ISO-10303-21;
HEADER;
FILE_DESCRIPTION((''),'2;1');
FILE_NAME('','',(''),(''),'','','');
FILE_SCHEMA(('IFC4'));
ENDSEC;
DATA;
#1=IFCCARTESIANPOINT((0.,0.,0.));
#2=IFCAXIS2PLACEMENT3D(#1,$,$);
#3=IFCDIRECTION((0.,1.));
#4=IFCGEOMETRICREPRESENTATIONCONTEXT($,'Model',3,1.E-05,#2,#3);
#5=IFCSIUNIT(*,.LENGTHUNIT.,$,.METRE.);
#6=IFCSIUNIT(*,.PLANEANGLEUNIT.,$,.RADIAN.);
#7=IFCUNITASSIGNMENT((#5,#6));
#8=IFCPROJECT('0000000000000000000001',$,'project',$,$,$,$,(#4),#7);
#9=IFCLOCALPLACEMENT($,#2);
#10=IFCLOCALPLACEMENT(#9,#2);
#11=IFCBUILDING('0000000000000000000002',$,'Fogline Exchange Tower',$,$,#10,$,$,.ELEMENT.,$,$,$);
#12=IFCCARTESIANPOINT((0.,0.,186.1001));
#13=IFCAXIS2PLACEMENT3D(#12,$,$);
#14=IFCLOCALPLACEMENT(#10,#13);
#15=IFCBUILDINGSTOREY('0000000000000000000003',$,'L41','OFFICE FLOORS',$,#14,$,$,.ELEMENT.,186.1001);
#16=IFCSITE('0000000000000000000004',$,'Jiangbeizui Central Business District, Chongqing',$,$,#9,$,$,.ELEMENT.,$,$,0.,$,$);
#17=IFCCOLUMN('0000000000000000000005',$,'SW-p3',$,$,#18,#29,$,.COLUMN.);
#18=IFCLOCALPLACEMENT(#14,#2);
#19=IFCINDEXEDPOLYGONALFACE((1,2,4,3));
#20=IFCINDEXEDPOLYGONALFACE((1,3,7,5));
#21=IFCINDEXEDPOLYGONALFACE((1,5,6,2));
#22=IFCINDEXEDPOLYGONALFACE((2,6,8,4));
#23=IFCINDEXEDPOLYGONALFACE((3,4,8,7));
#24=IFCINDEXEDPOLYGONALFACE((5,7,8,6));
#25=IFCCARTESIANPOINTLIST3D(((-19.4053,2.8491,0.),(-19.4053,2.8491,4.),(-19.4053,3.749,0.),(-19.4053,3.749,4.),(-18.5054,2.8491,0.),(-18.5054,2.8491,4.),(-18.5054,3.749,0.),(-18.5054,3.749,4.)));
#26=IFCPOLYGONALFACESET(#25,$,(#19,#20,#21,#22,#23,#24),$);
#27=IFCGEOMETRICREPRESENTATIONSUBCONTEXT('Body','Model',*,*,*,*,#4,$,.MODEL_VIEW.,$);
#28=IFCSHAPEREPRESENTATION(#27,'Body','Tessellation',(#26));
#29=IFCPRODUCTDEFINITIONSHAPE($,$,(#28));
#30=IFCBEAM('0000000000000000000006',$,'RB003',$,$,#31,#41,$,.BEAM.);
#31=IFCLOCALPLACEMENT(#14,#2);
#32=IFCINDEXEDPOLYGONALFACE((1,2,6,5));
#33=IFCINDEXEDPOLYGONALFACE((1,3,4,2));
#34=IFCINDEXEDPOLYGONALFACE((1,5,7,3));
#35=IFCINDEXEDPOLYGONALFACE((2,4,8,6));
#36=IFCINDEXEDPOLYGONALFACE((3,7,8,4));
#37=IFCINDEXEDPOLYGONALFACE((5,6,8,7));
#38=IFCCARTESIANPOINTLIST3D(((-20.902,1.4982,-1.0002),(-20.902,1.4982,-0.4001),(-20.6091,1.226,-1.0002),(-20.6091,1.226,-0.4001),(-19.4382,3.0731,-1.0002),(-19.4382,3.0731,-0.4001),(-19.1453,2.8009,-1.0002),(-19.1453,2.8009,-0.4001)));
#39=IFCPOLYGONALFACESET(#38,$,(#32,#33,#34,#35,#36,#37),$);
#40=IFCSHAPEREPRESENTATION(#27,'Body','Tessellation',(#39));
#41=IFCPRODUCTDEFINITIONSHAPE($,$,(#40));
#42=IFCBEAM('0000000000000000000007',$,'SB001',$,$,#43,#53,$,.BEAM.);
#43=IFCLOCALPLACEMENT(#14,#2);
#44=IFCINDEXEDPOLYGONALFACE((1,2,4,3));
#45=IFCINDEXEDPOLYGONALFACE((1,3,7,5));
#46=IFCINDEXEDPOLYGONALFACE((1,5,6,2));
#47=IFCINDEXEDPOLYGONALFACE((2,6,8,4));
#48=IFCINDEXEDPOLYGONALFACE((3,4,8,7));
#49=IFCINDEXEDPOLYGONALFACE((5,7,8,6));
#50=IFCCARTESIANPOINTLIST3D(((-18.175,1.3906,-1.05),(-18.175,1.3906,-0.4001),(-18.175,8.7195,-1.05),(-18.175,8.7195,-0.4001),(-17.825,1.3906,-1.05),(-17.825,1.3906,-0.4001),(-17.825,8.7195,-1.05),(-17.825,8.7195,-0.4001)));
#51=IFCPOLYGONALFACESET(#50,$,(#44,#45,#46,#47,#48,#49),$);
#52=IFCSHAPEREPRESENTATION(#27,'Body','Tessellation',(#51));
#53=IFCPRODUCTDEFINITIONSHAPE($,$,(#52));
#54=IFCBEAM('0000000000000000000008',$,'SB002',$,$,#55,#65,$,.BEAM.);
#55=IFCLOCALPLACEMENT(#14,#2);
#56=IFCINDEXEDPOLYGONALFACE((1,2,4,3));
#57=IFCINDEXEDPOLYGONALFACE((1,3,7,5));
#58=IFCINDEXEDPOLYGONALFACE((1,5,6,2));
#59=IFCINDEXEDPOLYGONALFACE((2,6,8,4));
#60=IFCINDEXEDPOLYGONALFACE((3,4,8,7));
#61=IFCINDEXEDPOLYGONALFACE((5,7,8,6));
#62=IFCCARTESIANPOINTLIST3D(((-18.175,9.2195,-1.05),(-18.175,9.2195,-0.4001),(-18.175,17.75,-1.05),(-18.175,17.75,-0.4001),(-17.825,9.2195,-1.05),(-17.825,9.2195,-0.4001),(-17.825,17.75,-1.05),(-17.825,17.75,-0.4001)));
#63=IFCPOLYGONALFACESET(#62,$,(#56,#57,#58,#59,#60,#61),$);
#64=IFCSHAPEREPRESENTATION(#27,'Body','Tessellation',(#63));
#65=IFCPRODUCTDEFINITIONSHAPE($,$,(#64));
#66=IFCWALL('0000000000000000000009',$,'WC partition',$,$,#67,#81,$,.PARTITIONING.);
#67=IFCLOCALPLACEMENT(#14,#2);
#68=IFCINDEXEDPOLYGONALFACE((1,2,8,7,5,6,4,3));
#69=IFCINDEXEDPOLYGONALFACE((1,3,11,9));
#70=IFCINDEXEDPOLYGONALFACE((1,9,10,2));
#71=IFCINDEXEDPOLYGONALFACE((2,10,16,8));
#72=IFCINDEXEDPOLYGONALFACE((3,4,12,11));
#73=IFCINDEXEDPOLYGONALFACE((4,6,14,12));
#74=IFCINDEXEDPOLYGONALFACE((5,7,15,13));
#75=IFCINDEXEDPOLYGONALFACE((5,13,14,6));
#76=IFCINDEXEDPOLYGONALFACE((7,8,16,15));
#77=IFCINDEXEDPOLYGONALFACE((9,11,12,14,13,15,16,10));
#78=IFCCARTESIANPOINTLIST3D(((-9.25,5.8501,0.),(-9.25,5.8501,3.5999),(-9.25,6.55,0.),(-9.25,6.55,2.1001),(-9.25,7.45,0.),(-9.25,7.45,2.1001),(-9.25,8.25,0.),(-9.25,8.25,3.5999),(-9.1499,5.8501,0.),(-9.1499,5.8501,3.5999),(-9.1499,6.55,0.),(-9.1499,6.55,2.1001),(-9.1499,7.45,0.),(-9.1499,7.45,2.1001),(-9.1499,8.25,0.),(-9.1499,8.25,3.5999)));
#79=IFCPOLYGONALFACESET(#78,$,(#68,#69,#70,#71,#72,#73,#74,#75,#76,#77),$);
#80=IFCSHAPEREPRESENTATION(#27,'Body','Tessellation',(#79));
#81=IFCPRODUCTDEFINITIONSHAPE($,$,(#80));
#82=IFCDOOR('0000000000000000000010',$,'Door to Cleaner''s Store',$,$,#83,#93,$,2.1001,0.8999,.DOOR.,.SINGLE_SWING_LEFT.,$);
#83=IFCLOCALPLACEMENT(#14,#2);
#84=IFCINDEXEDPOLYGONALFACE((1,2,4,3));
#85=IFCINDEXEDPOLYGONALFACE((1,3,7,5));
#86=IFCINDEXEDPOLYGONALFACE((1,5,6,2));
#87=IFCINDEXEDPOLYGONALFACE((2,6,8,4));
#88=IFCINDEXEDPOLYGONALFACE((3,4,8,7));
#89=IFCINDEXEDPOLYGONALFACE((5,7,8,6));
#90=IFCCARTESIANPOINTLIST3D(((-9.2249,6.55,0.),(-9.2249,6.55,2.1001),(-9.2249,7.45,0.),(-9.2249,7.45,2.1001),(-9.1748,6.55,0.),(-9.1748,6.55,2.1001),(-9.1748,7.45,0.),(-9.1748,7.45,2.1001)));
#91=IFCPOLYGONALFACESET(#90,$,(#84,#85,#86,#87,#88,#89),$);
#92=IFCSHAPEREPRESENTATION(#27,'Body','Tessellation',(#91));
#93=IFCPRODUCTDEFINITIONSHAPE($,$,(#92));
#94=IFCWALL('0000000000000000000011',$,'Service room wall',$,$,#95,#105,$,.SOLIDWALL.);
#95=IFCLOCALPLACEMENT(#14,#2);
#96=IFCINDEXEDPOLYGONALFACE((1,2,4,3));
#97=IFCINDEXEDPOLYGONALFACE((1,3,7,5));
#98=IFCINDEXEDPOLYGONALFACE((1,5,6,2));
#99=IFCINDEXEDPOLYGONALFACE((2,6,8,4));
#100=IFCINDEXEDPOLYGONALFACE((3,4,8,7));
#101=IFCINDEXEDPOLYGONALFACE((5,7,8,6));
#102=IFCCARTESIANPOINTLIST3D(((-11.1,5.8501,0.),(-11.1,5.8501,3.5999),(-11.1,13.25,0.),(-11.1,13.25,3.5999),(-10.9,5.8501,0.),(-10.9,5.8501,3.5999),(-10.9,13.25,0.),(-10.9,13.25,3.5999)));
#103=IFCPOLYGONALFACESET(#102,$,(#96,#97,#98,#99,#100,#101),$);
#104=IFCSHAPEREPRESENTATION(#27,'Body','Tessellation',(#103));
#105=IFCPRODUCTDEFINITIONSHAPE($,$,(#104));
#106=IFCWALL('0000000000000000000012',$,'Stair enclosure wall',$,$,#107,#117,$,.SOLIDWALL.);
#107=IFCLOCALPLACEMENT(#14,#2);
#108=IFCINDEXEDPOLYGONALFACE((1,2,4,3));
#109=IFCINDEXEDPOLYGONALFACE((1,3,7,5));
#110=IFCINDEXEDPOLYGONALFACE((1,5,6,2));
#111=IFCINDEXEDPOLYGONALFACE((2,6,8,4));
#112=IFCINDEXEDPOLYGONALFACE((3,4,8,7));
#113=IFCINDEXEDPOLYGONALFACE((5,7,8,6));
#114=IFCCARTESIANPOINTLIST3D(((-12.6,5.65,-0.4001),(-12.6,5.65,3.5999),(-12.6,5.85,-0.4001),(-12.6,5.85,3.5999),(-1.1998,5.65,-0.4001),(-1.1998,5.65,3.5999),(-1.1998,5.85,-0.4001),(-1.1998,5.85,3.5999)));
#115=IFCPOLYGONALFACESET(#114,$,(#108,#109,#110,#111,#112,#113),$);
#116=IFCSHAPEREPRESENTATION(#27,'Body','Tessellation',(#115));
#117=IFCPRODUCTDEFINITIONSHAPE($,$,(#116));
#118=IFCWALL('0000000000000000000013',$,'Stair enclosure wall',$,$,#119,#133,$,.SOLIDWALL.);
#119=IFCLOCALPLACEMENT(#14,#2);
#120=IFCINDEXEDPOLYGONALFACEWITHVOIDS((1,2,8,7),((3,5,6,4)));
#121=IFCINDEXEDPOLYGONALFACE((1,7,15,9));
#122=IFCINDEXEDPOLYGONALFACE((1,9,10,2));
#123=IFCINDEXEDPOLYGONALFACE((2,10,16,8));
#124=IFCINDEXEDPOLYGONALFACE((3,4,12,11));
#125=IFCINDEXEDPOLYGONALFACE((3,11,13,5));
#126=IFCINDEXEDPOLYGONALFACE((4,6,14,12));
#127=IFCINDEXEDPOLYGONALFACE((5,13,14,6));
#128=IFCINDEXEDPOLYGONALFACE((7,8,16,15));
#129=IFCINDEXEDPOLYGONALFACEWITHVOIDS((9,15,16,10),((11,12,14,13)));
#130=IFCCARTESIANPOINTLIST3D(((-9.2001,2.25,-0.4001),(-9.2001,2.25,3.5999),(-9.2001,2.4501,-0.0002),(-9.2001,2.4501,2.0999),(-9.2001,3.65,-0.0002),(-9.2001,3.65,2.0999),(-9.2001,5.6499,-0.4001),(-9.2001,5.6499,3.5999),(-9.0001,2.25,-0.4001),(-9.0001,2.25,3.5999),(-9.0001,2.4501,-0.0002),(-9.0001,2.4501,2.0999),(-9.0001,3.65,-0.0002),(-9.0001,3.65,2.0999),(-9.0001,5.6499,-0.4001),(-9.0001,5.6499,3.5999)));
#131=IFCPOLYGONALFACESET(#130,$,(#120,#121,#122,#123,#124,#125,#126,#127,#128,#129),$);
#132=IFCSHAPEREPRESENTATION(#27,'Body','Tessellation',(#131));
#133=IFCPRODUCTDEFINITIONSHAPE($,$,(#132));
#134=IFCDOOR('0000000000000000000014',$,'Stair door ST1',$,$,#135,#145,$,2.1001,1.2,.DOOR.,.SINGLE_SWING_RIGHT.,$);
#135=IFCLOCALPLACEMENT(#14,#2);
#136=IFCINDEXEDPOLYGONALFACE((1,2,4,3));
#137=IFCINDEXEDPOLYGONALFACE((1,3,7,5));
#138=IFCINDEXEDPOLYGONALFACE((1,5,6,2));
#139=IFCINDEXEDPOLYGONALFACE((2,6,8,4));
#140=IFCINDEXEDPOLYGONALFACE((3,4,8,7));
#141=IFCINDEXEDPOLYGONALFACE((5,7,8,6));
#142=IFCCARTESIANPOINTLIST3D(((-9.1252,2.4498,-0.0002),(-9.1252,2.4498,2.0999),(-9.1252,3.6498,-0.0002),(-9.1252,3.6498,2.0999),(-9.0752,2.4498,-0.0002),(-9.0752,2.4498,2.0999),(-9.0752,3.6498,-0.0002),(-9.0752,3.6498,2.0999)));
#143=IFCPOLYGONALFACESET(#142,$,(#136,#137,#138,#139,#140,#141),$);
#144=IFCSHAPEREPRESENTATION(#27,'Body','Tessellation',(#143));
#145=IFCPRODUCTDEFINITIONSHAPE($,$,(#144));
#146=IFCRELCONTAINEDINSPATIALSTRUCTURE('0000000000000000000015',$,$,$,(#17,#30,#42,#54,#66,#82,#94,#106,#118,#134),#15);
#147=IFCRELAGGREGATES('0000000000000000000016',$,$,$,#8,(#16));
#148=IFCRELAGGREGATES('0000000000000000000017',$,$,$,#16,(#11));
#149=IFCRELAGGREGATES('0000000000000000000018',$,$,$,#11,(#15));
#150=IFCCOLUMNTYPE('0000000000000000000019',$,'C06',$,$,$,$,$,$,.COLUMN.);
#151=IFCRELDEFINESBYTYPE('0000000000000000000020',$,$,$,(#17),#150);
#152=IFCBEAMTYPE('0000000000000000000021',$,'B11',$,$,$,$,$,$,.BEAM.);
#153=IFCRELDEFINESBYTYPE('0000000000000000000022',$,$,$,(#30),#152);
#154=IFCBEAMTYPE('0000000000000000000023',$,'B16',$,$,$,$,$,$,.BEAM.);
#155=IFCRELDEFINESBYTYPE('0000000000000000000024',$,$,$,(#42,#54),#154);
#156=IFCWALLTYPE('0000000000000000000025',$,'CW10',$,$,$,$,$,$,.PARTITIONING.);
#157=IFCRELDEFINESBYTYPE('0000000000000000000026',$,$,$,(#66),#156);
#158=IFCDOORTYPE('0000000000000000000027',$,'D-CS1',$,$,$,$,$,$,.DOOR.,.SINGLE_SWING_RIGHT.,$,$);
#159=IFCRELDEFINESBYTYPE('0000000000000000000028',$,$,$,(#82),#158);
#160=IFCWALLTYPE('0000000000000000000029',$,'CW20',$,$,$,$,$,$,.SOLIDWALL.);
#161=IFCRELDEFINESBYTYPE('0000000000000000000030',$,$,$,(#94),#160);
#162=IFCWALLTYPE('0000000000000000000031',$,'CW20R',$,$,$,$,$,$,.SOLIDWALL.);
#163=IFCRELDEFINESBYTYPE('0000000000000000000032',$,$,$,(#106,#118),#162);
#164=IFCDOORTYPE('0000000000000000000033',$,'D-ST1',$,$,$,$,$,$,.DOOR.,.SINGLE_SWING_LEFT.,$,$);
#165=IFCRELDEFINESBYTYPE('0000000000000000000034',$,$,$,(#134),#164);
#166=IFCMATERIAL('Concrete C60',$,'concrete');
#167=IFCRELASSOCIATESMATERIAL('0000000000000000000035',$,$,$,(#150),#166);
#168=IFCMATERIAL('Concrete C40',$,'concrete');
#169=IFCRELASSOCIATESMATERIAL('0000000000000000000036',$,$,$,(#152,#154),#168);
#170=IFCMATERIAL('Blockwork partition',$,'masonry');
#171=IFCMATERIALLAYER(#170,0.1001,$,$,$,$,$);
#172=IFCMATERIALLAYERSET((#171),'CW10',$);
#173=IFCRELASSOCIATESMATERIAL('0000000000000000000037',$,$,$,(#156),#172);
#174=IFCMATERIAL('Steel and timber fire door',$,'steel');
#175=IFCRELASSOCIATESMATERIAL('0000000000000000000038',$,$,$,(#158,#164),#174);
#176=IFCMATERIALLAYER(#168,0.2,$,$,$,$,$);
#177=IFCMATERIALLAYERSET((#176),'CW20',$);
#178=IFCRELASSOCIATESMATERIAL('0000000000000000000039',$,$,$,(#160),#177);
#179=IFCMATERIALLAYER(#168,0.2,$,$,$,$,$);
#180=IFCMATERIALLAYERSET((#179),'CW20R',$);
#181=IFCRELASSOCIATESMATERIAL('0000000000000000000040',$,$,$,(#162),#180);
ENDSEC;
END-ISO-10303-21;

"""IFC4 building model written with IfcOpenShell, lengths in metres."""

from ifc_helpers import new_model, si_unit, direction, frame, frame_2d, origin, origin_2d, place, context, subcontext, project, spatial, rectangle, extrude, material, layer, layer_set, material_profile, profile_set, type_object, element, fill, save


model = new_model("IFC4")

# Units and contexts
model_context = context("Model", 3, precision=1e-05, world=origin(), true_north=direction((0.0, 1.0)))
body_context = subcontext(model_context, "Body", "Model", "MODEL_VIEW")
ifc_project = project(units=[si_unit("LENGTHUNIT", "METRE"), si_unit("PLANEANGLEUNIT", "RADIAN")], contexts=[model_context])

# Site, building, storey
site_placement = place(None, origin())
site = spatial("IfcSite", under=ifc_project, at=site_placement, Name="Jiangbeizui Central Business District, Chongqing", CompositionType="ELEMENT", RefElevation=0.0)
building_placement = place(site_placement, origin())
building = spatial("IfcBuilding", under=site, at=building_placement, Name="Fogline Exchange Tower", CompositionType="ELEMENT")
storey_placement = place(building_placement, frame((0.0, 0.0, 186.1001)))
storey = spatial("IfcBuildingStorey", under=building, at=storey_placement, Name="L41", Description="OFFICE FLOORS", CompositionType="ELEMENT", Elevation=186.1001)

# Column
ifc_material_1 = material(Name="Concrete C60", Category="concrete")
ifc_material_profile_1 = material_profile(ifc_material_1, rectangle(XDim=0.8999, YDim=0.8999, at=origin_2d()), Name="RC 900x900")
ifc_profile_set_1 = profile_set([ifc_material_profile_1], Name="Concrete C60")
column_type = type_object("IfcColumnType", Name="C06", PredefinedType="COLUMN", material=ifc_profile_set_1)
column_placement = place(storey_placement, frame((-18.9553, 3.2991, 0.0), z_axis=(0.0, 0.0, 1.0), x_axis=(1.0, 0.0, 0.0)))
element("IfcColumn", 1, at=column_placement, inside=storey, type_object=column_type, Name="SW-p3", PredefinedType="COLUMN", context=body_context, shape_type="SweptSolid", body=[
    extrude(rectangle(XDim=0.8999, YDim=0.8999, at=origin_2d()), origin(), (0.0, 0.0, 1.0), 4.0),
])

# Beams
ifc_material_2 = material(Name="Concrete C40", Category="concrete")
ifc_material_profile_2 = material_profile(ifc_material_2, rectangle(XDim=0.3999, YDim=0.6001, at=origin_2d()), Name="RC 400x600")
ifc_profile_set_2 = profile_set([ifc_material_profile_2], Name="Concrete C40")
beam_type_1 = type_object("IfcBeamType", Name="B11", PredefinedType="BEAM", material=ifc_profile_set_2)
beam_1_placement = place(storey_placement, frame((-19.2917, 2.937, -0.7002), z_axis=(-0.680804, -0.732466, 0.0), x_axis=(0.732466, -0.680804, 0.0)))
element("IfcBeam", 2, at=beam_1_placement, inside=storey, type_object=beam_type_1, Name="RB003", PredefinedType="BEAM", context=body_context, shape_type="SweptSolid", body=[
    extrude(rectangle(XDim=0.3999, YDim=0.6001, at=origin_2d()), origin(), (0.0, 0.0, 1.0), 2.1501),
])
ifc_material_profile_3 = material_profile(ifc_material_2, rectangle(XDim=0.3501, YDim=0.6499, at=origin_2d()), Name="RC 350x650")
ifc_profile_set_3 = profile_set([ifc_material_profile_3], Name="Concrete C40")
beam_type_2 = type_object("IfcBeamType", Name="B16", PredefinedType="BEAM", material=ifc_profile_set_3)
beam_2_placement = place(storey_placement, frame((-18.0, 1.3906, -0.7251), z_axis=(0.0, 1.0, 0.0), x_axis=(-1.0, 0.0, 0.0)))
element("IfcBeam", 3, at=beam_2_placement, inside=storey, type_object=beam_type_2, Name="SB001", PredefinedType="BEAM", context=body_context, shape_type="SweptSolid", body=[
    extrude(rectangle(XDim=0.3501, YDim=0.6499, at=origin_2d()), origin(), (0.0, 0.0, 1.0), 7.3289),
])
beam_3_placement = place(storey_placement, frame((-18.0, 9.2195, -0.7251), z_axis=(0.0, 1.0, 0.0), x_axis=(-1.0, 0.0, 0.0)))
element("IfcBeam", 4, at=beam_3_placement, inside=storey, type_object=beam_type_2, Name="SB002", PredefinedType="BEAM", context=body_context, shape_type="SweptSolid", body=[
    extrude(rectangle(XDim=0.3501, YDim=0.6499, at=origin_2d()), origin(), (0.0, 0.0, 1.0), 8.5305),
])

# Wall, opening, door
ifc_material_3 = material(Name="Blockwork partition", Category="masonry")
ifc_layer_1 = layer(ifc_material_3, 0.1001)
ifc_layer_set_1 = layer_set([ifc_layer_1], Name="CW10")
wall_type_1 = type_object("IfcWallType", Name="CW10", PredefinedType="PARTITIONING", material=ifc_layer_set_1)
wall_1_placement = place(storey_placement, frame((-9.2, 5.8501, 0.0), z_axis=(0.0, 0.0, 1.0), x_axis=(0.0, 1.0, 0.0)))
wall_1 = element("IfcWall", 5, at=wall_1_placement, inside=storey, type_object=wall_type_1, Name="WC partition", PredefinedType="PARTITIONING", context=body_context, shape_type="SweptSolid", body=[
    extrude(rectangle(XDim=2.3999, YDim=0.1001, at=frame_2d((1.2, 0.0))), origin(), (0.0, 0.0, 1.0), 3.5999),
])
opening_1_placement = place(wall_1_placement, frame((0.7, 0.0, 0.0)))
opening_1 = element("IfcOpeningElement", 6, at=opening_1_placement, cuts=wall_1, PredefinedType="OPENING", context=body_context, shape_type="SweptSolid", body=[
    extrude(rectangle(XDim=0.8999, YDim=2.1001, at=frame_2d((0.45, 1.05))), frame((0.0, 0.0601, 0.0), z_axis=(0.0, -1.0, 0.0), x_axis=(1.0, 0.0, 0.0)), (0.0, 0.0, 1.0), 0.1201),
])
ifc_material_4 = material(Name="Steel and timber fire door", Category="steel")
door_type_1 = type_object("IfcDoorType", Name="D-CS1", OperationType="SINGLE_SWING_RIGHT", PredefinedType="DOOR", material=ifc_material_4)
door_1_placement = place(opening_1_placement, origin())
door_1 = element("IfcDoor", 7, at=door_1_placement, inside=storey, type_object=door_type_1, Name="Door to Cleaner's Store", OperationType="SINGLE_SWING_LEFT", OverallHeight=2.1001, OverallWidth=0.8999, PredefinedType="DOOR", context=body_context, shape_type="SweptSolid", body=[
    extrude(rectangle(XDim=0.8999, YDim=2.1001, at=frame_2d((0.45, 1.05))), frame((0.0, 0.0249, 0.0), z_axis=(0.0, -1.0, 0.0), x_axis=(1.0, 0.0, 0.0)), (0.0, 0.0, 1.0), 0.05),
])
fill(opening_1, door_1)

# Walls
ifc_layer_2 = layer(ifc_material_2, 0.2)
ifc_layer_set_2 = layer_set([ifc_layer_2], Name="CW20")
wall_type_2 = type_object("IfcWallType", Name="CW20", PredefinedType="SOLIDWALL", material=ifc_layer_set_2)
wall_2_placement = place(storey_placement, frame((-11.0, 5.8501, 0.0), z_axis=(0.0, 0.0, 1.0), x_axis=(0.0, 1.0, 0.0)))
element("IfcWall", 8, at=wall_2_placement, inside=storey, type_object=wall_type_2, Name="Service room wall", PredefinedType="SOLIDWALL", context=body_context, shape_type="SweptSolid", body=[
    extrude(rectangle(XDim=7.3999, YDim=0.2, at=frame_2d((3.7, 0.0))), origin(), (0.0, 0.0, 1.0), 3.5999),
])
ifc_layer_3 = layer(ifc_material_2, 0.2)
ifc_layer_set_3 = layer_set([ifc_layer_3], Name="CW20R")
wall_type_3 = type_object("IfcWallType", Name="CW20R", PredefinedType="SOLIDWALL", material=ifc_layer_set_3)
wall_3_placement = place(storey_placement, frame((-12.6001, 5.75, -0.4001), z_axis=(0.0, 0.0, 1.0), x_axis=(1.0, 0.0, 0.0)))
element("IfcWall", 9, at=wall_3_placement, inside=storey, type_object=wall_type_3, Name="Stair enclosure wall", PredefinedType="SOLIDWALL", context=body_context, shape_type="SweptSolid", body=[
    extrude(rectangle(XDim=11.4001, YDim=0.2, at=frame_2d((5.7002, 0.0))), origin(), (0.0, 0.0, 1.0), 4.0),
])

# Wall, opening, door
wall_4_placement = place(storey_placement, frame((-9.1001, 2.25, -0.4001), z_axis=(0.0, 0.0, 1.0), x_axis=(0.0, 1.0, 0.0)))
wall_4 = element("IfcWall", 10, at=wall_4_placement, inside=storey, type_object=wall_type_3, Name="Stair enclosure wall", PredefinedType="SOLIDWALL", context=body_context, shape_type="SweptSolid", body=[
    extrude(rectangle(XDim=3.3999, YDim=0.2, at=frame_2d((1.7, 0.0))), origin(), (0.0, 0.0, 1.0), 4.0),
])
opening_2_placement = place(wall_4_placement, frame((0.2, 0.0, 0.3999)))
opening_2 = element("IfcOpeningElement", 11, at=opening_2_placement, cuts=wall_4, PredefinedType="OPENING", context=body_context, shape_type="SweptSolid", body=[
    extrude(rectangle(XDim=1.2, YDim=2.1001, at=frame_2d((0.6001, 1.05))), frame((0.0, 0.1099, 0.0), z_axis=(0.0, -1.0, 0.0), x_axis=(1.0, 0.0, 0.0)), (0.0, 0.0, 1.0), 0.22),
])
door_type_2 = type_object("IfcDoorType", Name="D-ST1", OperationType="SINGLE_SWING_LEFT", PredefinedType="DOOR", material=ifc_material_4)
door_2_placement = place(opening_2_placement, frame((1.2, 0.0, 0.0), z_axis=(0.0, 0.0, 1.0), x_axis=(-1.0, 0.0, 0.0)))
door_2 = element("IfcDoor", 12, at=door_2_placement, inside=storey, type_object=door_type_2, Name="Stair door ST1", OperationType="SINGLE_SWING_RIGHT", OverallHeight=2.1001, OverallWidth=1.2, PredefinedType="DOOR", context=body_context, shape_type="SweptSolid", body=[
    extrude(rectangle(XDim=1.2, YDim=2.1001, at=frame_2d((0.6001, 1.05))), frame((0.0, 0.0249, 0.0), z_axis=(0.0, -1.0, 0.0), x_axis=(1.0, 0.0, 0.0)), (0.0, 0.0, 1.0), 0.05),
])
fill(opening_2, door_2)

save(model, "model.ifc")
